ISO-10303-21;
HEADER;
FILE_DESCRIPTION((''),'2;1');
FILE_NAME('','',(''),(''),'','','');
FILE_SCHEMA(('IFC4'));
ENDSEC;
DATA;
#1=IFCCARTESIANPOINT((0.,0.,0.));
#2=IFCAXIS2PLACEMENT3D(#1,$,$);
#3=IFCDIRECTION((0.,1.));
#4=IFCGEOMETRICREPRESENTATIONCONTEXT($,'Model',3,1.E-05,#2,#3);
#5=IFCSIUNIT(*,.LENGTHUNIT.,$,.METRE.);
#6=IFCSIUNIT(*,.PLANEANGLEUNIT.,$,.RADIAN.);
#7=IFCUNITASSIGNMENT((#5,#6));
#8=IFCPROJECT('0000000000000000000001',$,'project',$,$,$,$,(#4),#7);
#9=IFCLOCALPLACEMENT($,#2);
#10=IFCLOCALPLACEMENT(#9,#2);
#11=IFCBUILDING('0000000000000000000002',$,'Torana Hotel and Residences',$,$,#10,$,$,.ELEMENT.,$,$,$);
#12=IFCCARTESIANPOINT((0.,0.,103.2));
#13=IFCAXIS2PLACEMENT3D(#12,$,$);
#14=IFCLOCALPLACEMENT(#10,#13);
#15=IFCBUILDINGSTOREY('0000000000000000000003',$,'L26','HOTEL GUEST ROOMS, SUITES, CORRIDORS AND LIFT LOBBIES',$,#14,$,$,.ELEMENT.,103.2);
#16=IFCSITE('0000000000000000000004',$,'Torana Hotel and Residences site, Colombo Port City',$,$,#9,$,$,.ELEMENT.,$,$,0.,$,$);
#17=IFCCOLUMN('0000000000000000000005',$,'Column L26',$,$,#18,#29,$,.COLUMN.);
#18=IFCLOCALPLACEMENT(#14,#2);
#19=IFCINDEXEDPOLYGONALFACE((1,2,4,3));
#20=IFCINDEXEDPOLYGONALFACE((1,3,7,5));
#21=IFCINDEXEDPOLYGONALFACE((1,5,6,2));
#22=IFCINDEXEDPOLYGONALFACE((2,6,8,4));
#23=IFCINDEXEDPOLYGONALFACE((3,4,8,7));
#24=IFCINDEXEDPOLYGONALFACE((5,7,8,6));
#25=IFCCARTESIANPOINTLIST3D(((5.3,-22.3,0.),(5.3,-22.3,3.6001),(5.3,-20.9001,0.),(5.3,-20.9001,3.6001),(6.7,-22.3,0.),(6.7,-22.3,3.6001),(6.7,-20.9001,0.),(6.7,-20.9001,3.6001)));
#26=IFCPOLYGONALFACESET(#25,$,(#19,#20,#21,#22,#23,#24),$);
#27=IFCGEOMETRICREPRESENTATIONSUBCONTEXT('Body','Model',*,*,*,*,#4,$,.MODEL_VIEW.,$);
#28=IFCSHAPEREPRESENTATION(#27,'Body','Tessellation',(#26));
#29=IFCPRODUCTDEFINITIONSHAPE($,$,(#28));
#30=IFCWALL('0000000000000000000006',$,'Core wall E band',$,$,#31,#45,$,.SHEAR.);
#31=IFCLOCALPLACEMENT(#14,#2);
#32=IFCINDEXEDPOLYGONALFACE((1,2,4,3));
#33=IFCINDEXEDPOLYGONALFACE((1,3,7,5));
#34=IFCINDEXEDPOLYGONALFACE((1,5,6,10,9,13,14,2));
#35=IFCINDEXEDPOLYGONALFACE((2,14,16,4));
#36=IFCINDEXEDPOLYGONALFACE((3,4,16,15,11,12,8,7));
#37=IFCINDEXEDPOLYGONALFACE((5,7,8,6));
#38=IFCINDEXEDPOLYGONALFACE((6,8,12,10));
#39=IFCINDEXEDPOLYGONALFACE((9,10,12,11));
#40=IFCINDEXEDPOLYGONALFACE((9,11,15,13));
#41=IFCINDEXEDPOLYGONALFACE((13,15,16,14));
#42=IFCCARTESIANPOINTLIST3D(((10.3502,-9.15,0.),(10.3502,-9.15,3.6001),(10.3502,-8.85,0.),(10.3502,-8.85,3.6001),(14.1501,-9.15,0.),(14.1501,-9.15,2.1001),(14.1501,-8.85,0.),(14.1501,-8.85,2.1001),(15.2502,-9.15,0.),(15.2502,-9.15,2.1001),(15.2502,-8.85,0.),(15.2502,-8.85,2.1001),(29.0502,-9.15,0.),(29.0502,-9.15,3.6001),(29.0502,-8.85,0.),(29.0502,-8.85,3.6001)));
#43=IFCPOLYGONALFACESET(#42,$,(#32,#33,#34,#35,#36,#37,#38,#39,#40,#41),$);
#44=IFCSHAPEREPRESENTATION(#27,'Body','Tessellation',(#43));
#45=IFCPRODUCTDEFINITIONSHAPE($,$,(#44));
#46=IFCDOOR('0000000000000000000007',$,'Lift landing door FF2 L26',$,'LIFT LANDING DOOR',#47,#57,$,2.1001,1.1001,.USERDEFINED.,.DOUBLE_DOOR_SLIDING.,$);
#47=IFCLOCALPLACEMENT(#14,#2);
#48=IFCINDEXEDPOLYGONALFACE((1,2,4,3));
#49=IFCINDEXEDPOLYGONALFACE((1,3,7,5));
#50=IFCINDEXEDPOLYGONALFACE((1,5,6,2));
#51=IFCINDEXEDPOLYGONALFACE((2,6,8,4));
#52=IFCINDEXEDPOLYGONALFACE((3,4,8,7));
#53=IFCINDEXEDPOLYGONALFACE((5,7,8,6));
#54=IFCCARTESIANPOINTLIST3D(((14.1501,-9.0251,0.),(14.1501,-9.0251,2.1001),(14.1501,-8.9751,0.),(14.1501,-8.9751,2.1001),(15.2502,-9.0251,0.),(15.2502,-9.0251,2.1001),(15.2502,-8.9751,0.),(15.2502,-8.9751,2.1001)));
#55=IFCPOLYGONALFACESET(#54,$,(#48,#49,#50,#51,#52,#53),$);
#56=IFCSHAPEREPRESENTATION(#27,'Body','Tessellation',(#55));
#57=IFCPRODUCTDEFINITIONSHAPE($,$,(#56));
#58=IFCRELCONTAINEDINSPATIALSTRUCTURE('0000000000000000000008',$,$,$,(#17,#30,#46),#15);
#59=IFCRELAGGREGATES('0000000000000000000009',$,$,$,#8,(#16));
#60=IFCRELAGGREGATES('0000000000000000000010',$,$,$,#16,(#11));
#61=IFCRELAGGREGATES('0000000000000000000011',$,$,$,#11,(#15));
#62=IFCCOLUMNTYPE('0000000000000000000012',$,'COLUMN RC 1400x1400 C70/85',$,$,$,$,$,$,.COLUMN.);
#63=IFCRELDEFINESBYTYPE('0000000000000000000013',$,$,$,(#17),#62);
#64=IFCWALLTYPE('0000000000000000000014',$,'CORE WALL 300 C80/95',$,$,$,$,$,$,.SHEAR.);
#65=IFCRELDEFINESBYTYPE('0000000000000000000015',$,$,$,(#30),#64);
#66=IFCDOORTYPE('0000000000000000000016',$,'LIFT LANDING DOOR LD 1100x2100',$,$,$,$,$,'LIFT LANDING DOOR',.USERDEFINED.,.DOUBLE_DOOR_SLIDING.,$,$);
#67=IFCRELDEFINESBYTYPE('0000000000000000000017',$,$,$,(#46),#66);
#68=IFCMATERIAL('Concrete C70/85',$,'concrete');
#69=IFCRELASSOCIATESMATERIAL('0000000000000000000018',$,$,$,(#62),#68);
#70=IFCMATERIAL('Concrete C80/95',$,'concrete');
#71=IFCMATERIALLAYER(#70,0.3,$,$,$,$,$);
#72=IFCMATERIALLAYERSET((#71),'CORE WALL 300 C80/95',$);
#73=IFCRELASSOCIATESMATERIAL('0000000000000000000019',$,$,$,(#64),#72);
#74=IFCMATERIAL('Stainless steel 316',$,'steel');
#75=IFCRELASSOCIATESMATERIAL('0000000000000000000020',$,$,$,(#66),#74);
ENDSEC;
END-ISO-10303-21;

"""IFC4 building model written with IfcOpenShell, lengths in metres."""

from ifc_helpers import new_model, si_unit, direction, frame, frame_2d, origin, origin_2d, place, context, subcontext, project, spatial, rectangle, extrude, material, layer, layer_set, material_profile, profile_set, type_object, element, fill, save


model = new_model("IFC4")

# Units and contexts
model_context = context("Model", 3, precision=1e-05, world=origin(), true_north=direction((0.0, 1.0)))
body_context = subcontext(model_context, "Body", "Model", "MODEL_VIEW")
ifc_project = project(units=[si_unit("LENGTHUNIT", "METRE"), si_unit("PLANEANGLEUNIT", "RADIAN")], contexts=[model_context])

# Site, building, storey
site_placement = place(None, origin())
site = spatial("IfcSite", under=ifc_project, at=site_placement, Name="Torana Hotel and Residences site, Colombo Port City", CompositionType="ELEMENT", RefElevation=0.0)
building_placement = place(site_placement, origin())
building = spatial("IfcBuilding", under=site, at=building_placement, Name="Torana Hotel and Residences", CompositionType="ELEMENT")
storey_placement = place(building_placement, frame((0.0, 0.0, 103.2)))
storey = spatial("IfcBuildingStorey", under=building, at=storey_placement, Name="L26", Description="HOTEL GUEST ROOMS, SUITES, CORRIDORS AND LIFT LOBBIES", CompositionType="ELEMENT", Elevation=103.2)

# Column
ifc_material_1 = material(Name="Concrete C70/85", Category="concrete")
ifc_material_profile = material_profile(ifc_material_1, rectangle(XDim=1.3999, YDim=1.3999, at=origin_2d()), Name="RC 1400x1400")
ifc_profile_set = profile_set([ifc_material_profile], Name="Concrete C70/85")
column_type = type_object("IfcColumnType", Name="COLUMN RC 1400x1400 C70/85", PredefinedType="COLUMN", material=ifc_profile_set)
column_placement = place(storey_placement, frame((6.0, -21.6001, 0.0), z_axis=(0.0, 0.0, 1.0), x_axis=(1.0, 0.0, 0.0)))
element("IfcColumn", 1, at=column_placement, inside=storey, type_object=column_type, Name="Column L26", PredefinedType="COLUMN", context=body_context, shape_type="SweptSolid", body=[
    extrude(rectangle(XDim=1.3999, YDim=1.3999, at=origin_2d()), origin(), (0.0, 0.0, 1.0), 3.6001),
])

# Wall, opening, door
ifc_material_2 = material(Name="Concrete C80/95", Category="concrete")
ifc_layer_1 = layer(ifc_material_2, 0.3)
ifc_layer_set_1 = layer_set([ifc_layer_1], Name="CORE WALL 300 C80/95")
wall_type_1 = type_object("IfcWallType", Name="CORE WALL 300 C80/95", PredefinedType="SHEAR", material=ifc_layer_set_1)
wall_1_placement = place(storey_placement, frame((10.3501, -9.0, 0.0), z_axis=(0.0, 0.0, 1.0), x_axis=(1.0, 0.0, 0.0)))
wall_1 = element("IfcWall", 2, at=wall_1_placement, inside=storey, type_object=wall_type_1, Name="Core wall E band", PredefinedType="SHEAR", context=body_context, shape_type="SweptSolid", body=[
    extrude(rectangle(XDim=18.7, YDim=0.3, at=frame_2d((9.3501, 0.0))), origin(), (0.0, 0.0, 1.0), 3.6001),
])
opening_1_placement = place(wall_1_placement, frame((3.8, 0.0, 0.0)))
opening_1 = element("IfcOpeningElement", 3, at=opening_1_placement, cuts=wall_1, PredefinedType="OPENING", context=body_context, shape_type="SweptSolid", body=[
    extrude(rectangle(XDim=1.1001, YDim=2.1001, at=frame_2d((0.55, 1.05))), frame((0.0, 0.1599, 0.0), z_axis=(0.0, -1.0, 0.0), x_axis=(1.0, 0.0, 0.0)), (0.0, 0.0, 1.0), 0.3201),
])
ifc_material_3 = material(Name="Stainless steel 316", Category="steel")
door_type_1 = type_object("IfcDoorType", Name="LIFT LANDING DOOR LD 1100x2100", ElementType="LIFT LANDING DOOR", OperationType="DOUBLE_DOOR_SLIDING", PredefinedType="USERDEFINED", material=ifc_material_3)
door_1_placement = place(opening_1_placement, origin())
door_1 = element("IfcDoor", 4, at=door_1_placement, inside=storey, type_object=door_type_1, Name="Lift landing door FF2 L26", ObjectType="LIFT LANDING DOOR", OperationType="DOUBLE_DOOR_SLIDING", OverallHeight=2.1001, OverallWidth=1.1001, PredefinedType="USERDEFINED", context=body_context, shape_type="SweptSolid", body=[
    extrude(rectangle(XDim=1.1001, YDim=2.1001, at=frame_2d((0.55, 1.05))), frame((0.0, 0.0249, 0.0), z_axis=(0.0, -1.0, 0.0), x_axis=(1.0, 0.0, 0.0)), (0.0, 0.0, 1.0), 0.05),
])
fill(opening_1, door_1)

save(model, "model.ifc")
